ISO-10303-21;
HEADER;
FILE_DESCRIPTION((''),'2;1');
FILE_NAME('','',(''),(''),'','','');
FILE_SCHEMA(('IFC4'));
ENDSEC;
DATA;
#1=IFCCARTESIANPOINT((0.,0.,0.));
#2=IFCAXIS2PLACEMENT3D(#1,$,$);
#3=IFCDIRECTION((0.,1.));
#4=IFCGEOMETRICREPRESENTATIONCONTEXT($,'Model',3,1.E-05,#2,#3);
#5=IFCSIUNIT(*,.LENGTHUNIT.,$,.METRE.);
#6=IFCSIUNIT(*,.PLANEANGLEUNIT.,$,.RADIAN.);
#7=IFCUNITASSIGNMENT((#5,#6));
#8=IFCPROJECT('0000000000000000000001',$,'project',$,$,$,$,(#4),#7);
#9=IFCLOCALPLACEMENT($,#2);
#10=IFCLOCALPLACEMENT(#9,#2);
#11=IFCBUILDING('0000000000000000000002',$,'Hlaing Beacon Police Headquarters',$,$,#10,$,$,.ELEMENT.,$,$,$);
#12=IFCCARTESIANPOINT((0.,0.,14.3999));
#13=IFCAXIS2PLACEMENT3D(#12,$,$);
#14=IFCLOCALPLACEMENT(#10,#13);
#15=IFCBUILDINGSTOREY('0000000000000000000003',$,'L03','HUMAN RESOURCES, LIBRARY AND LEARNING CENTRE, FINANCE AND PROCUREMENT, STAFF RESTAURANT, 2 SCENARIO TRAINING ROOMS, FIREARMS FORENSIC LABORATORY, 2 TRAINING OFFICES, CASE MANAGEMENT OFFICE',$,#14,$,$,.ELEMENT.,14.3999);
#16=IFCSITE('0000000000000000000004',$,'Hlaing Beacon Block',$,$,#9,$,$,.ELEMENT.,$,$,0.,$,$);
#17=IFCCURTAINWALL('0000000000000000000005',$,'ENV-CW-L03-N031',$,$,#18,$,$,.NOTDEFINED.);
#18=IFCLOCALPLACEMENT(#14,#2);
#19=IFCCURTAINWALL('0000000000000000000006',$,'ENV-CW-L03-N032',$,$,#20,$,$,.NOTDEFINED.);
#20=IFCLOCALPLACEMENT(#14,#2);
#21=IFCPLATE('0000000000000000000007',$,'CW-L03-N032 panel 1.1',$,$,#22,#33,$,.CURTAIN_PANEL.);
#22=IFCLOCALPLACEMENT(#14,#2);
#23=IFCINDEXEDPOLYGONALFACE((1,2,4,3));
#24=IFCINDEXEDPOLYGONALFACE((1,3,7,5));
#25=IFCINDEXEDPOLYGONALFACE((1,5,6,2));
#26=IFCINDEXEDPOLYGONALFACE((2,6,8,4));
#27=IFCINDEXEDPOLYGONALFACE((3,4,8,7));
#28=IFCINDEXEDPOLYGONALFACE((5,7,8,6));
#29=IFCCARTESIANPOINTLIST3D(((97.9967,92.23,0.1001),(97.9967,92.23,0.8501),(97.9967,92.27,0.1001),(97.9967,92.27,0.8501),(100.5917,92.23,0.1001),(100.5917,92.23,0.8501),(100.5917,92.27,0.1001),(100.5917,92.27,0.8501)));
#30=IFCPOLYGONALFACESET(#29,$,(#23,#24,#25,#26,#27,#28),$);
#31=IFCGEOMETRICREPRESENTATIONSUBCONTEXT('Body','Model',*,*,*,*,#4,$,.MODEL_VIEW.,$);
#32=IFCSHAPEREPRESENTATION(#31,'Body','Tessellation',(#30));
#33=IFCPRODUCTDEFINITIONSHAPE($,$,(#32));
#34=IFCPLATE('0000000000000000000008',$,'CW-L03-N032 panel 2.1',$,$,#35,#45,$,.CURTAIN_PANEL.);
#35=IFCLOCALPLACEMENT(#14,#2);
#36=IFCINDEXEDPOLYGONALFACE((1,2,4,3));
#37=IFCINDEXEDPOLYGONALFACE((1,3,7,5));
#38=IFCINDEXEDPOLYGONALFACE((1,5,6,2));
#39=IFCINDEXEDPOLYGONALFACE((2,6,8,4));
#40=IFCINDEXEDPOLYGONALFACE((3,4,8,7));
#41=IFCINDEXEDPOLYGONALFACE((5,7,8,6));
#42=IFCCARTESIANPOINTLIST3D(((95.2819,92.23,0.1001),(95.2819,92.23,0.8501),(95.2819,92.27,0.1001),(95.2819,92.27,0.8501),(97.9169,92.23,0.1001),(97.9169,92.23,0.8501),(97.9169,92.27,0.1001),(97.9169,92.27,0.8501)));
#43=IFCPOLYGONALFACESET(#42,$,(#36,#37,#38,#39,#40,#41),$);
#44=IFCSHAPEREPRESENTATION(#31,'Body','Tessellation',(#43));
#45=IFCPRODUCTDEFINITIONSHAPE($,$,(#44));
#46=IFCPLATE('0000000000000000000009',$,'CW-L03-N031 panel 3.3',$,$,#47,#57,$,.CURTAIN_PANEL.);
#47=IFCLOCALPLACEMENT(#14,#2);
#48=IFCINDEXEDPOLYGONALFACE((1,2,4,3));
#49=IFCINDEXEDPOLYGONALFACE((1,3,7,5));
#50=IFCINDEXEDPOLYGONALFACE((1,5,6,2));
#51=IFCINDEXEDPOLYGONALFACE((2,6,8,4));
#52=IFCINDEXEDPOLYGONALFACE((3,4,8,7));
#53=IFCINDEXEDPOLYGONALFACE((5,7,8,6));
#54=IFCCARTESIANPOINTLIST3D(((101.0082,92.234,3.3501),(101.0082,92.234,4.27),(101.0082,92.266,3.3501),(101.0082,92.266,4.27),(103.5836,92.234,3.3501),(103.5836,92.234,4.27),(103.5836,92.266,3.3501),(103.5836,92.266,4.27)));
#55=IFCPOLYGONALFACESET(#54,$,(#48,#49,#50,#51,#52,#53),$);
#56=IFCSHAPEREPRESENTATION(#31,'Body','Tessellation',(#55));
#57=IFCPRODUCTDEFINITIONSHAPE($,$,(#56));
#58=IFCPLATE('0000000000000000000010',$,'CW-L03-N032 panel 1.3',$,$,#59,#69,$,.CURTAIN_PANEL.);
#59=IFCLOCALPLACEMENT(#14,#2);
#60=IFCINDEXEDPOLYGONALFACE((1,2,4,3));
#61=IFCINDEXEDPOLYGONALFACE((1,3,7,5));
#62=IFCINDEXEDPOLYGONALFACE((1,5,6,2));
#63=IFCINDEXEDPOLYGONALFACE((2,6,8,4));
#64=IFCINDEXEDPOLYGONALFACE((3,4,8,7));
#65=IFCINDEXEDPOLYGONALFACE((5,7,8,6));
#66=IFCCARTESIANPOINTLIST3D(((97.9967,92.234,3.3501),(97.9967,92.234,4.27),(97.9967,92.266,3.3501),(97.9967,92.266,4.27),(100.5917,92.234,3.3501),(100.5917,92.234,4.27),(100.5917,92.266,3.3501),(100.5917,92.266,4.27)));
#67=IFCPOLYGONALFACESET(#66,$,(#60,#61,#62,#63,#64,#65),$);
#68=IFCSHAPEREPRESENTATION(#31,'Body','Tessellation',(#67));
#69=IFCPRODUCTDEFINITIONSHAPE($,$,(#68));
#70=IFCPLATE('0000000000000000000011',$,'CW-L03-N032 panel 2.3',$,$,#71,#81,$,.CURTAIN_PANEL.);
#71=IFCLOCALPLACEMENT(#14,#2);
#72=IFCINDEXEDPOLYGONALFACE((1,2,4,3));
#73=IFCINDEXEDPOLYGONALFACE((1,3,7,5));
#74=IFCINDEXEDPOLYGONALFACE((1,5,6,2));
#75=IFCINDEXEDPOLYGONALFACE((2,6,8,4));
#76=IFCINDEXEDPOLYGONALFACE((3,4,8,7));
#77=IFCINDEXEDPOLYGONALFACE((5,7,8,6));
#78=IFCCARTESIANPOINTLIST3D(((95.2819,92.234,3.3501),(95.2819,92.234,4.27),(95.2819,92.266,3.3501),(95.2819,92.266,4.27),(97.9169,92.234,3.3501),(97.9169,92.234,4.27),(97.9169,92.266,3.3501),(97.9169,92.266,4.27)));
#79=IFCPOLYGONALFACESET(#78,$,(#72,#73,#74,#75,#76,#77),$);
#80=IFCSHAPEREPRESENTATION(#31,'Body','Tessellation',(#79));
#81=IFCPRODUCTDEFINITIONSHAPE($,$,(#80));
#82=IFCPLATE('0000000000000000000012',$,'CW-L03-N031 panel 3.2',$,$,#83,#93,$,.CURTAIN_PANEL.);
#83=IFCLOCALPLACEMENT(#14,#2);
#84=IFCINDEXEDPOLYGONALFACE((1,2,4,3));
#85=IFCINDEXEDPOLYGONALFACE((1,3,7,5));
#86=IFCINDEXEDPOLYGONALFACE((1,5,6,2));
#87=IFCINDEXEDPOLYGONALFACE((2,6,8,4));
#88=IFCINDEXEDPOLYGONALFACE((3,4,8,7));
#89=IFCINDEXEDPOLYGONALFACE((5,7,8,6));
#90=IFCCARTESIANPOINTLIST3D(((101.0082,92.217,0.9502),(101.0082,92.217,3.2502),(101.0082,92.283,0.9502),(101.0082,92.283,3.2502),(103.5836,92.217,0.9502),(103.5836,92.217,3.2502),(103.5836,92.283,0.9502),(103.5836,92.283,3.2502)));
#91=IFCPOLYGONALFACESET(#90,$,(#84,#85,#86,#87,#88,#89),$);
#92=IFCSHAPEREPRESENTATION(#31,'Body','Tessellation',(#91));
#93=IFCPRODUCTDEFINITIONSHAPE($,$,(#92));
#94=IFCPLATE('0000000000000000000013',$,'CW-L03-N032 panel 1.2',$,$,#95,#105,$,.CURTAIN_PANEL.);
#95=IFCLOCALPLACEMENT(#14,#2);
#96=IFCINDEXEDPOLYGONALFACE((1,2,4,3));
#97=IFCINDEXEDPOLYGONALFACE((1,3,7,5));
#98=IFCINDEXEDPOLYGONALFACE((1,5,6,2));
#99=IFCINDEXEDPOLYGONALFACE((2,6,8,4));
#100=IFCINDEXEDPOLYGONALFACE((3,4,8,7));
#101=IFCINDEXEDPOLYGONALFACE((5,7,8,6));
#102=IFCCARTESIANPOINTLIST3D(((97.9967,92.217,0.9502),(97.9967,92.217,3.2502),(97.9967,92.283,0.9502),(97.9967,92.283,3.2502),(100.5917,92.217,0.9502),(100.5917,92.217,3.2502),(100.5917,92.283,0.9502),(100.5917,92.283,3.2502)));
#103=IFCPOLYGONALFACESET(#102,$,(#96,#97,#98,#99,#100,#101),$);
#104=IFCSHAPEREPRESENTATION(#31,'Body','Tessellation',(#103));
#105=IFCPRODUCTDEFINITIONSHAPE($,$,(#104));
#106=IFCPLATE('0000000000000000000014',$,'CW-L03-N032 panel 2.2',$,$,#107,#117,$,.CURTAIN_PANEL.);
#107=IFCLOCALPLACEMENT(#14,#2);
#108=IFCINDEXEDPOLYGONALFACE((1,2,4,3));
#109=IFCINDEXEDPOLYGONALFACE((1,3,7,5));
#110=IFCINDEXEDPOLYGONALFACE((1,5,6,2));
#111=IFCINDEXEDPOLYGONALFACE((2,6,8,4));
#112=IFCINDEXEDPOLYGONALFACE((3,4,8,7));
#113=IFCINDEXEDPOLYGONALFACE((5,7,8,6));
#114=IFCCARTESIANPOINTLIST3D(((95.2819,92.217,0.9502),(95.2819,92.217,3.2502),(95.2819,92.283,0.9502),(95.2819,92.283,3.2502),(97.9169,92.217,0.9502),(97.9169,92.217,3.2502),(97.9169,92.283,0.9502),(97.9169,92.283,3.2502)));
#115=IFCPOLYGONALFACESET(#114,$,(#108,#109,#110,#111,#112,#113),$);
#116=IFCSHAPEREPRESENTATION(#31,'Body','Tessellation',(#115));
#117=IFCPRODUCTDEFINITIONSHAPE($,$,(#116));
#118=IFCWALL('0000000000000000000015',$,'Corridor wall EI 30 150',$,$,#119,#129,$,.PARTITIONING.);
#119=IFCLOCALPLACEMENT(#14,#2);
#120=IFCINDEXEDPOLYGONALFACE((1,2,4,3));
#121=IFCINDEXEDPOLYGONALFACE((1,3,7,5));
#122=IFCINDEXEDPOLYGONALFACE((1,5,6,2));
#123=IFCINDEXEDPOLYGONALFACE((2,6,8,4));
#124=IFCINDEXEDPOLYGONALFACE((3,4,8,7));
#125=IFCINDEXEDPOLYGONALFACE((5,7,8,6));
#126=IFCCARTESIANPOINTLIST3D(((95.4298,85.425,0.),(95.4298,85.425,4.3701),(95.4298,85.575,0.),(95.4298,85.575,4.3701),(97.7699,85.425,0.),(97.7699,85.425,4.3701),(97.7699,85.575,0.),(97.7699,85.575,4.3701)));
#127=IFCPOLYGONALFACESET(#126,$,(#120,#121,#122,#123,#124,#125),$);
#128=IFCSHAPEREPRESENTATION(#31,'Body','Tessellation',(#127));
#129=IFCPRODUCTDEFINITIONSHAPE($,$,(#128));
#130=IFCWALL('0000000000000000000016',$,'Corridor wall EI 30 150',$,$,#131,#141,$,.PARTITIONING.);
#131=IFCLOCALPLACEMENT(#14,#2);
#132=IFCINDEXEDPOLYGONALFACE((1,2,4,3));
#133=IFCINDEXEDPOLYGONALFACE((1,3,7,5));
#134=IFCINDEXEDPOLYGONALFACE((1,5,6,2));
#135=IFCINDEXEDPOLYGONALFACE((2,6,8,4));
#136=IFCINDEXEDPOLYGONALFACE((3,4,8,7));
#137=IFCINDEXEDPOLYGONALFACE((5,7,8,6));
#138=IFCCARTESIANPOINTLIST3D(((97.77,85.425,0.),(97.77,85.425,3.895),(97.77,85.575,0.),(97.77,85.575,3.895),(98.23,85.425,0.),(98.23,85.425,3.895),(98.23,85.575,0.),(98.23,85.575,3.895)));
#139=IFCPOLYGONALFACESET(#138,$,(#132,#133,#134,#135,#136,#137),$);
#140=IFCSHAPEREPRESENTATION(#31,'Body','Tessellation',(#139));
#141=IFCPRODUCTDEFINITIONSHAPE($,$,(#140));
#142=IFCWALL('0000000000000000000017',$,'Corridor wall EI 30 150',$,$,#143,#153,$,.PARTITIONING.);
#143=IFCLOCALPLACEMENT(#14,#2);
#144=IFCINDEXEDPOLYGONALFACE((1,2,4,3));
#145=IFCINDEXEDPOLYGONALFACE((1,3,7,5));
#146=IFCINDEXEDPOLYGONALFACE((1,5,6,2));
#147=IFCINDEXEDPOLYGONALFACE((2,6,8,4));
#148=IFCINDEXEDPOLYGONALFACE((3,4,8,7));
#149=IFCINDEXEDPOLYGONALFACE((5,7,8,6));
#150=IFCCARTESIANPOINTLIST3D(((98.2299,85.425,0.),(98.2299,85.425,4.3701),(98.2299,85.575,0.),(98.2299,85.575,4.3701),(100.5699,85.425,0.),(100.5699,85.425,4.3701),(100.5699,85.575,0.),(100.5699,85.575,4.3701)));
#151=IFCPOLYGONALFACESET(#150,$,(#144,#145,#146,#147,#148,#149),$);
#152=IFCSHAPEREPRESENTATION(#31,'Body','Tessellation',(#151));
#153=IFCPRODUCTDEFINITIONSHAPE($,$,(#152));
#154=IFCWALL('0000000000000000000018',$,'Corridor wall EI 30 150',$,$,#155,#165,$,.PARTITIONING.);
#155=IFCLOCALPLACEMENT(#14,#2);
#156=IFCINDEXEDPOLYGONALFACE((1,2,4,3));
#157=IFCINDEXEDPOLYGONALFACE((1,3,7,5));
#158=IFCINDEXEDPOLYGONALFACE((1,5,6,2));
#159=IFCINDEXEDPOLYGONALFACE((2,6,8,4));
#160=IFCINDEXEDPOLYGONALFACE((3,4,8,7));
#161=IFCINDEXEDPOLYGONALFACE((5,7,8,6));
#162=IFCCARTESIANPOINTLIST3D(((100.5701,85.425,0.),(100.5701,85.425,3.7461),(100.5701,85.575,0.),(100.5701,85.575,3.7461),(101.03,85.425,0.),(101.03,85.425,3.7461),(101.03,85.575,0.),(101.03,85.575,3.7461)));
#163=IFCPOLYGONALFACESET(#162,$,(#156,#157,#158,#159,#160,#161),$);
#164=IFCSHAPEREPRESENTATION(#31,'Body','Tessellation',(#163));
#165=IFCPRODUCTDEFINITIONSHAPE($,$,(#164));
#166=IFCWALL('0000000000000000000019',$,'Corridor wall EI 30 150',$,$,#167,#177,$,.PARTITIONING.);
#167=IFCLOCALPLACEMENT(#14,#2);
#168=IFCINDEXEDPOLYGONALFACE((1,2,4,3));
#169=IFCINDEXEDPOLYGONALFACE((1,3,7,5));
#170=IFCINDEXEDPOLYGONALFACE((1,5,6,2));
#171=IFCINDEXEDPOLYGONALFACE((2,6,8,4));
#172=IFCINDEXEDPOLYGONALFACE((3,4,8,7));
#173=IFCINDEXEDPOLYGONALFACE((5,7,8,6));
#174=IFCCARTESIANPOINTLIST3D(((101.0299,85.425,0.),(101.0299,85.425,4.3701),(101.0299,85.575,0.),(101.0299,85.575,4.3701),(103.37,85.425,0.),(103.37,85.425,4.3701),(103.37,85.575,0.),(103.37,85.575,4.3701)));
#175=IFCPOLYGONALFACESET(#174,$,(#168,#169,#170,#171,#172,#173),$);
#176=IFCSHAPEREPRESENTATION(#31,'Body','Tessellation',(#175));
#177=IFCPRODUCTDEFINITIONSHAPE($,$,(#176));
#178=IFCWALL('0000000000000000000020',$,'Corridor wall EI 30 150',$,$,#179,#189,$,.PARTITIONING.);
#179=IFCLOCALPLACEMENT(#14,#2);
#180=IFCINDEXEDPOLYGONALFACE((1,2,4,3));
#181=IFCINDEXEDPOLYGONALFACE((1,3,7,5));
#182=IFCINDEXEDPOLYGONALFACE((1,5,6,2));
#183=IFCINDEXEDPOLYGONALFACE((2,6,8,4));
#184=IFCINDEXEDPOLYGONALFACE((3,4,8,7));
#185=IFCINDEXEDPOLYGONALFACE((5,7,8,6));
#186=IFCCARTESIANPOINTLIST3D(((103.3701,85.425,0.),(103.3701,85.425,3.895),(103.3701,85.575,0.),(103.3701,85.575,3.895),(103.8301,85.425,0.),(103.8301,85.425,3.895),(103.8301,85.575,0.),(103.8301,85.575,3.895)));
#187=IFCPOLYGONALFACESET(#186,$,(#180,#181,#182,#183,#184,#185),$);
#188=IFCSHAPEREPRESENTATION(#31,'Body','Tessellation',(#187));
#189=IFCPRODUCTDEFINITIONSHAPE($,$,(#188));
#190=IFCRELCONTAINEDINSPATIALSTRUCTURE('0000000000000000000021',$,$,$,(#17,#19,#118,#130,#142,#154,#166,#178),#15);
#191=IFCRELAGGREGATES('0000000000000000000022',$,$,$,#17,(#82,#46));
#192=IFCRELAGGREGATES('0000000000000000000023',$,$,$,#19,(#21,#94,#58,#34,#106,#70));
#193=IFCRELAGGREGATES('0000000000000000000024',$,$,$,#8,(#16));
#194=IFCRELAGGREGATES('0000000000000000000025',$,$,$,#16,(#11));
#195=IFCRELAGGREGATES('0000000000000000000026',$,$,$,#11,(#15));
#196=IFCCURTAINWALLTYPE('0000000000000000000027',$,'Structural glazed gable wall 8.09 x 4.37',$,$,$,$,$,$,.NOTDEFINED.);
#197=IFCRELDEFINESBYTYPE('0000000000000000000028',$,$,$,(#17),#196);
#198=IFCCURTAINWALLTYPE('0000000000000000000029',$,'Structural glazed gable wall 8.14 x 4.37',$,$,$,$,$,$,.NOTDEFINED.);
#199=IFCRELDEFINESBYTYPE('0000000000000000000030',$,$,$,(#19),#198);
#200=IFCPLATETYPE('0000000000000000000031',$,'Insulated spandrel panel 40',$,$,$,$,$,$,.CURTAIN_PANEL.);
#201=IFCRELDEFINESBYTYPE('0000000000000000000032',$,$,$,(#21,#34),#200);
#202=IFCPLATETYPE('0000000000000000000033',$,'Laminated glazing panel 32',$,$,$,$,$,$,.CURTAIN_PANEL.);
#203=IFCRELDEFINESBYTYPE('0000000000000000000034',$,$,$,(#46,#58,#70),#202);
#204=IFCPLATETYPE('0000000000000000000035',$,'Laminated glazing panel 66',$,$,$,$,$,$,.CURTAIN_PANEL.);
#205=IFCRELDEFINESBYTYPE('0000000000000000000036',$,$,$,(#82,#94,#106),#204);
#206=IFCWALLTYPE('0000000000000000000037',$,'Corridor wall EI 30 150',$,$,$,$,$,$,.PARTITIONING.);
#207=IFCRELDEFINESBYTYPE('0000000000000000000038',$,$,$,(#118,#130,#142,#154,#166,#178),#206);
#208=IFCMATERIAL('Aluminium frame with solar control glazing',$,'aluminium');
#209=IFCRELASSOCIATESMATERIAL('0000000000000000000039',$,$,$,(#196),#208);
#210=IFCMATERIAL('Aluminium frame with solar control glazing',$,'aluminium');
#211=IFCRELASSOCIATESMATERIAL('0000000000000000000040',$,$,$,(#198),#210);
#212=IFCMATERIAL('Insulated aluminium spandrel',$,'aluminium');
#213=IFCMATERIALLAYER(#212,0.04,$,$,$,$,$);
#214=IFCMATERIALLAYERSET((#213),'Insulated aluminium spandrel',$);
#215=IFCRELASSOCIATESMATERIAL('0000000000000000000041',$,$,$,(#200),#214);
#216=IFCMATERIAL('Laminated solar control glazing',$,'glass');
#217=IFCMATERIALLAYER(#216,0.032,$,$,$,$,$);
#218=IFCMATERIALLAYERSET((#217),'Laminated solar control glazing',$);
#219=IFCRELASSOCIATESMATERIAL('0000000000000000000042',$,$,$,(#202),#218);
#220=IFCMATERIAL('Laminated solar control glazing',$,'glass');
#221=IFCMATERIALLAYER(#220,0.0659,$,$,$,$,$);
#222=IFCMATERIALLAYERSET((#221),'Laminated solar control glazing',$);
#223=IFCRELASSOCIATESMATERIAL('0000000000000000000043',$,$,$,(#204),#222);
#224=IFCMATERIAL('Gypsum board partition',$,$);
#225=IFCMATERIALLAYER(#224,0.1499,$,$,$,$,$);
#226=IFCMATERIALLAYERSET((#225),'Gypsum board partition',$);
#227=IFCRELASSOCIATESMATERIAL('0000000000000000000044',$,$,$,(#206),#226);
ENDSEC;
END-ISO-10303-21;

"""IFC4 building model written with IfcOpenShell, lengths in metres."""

from ifc_helpers import new_model, si_unit, direction, frame, frame_2d, origin, origin_2d, place, context, subcontext, project, spatial, rectangle, extrude, material, layer, layer_set, type_object, element, aggregate, save


model = new_model("IFC4")

# Units and contexts
model_context = context("Model", 3, precision=1e-05, world=origin(), true_north=direction((0.0, 1.0)))
body_context = subcontext(model_context, "Body", "Model", "MODEL_VIEW")
ifc_project = project(units=[si_unit("LENGTHUNIT", "METRE"), si_unit("PLANEANGLEUNIT", "RADIAN")], contexts=[model_context])

# Site, building, storey
site_placement = place(None, origin())
site = spatial("IfcSite", under=ifc_project, at=site_placement, Name="Hlaing Beacon Block", CompositionType="ELEMENT", RefElevation=0.0)
building_placement = place(site_placement, origin())
building = spatial("IfcBuilding", under=site, at=building_placement, Name="Hlaing Beacon Police Headquarters", CompositionType="ELEMENT")
storey_placement = place(building_placement, frame((0.0, 0.0, 14.3999)))
storey = spatial("IfcBuildingStorey", under=building, at=storey_placement, Name="L03", Description="HUMAN RESOURCES, LIBRARY AND LEARNING CENTRE, FINANCE AND PROCUREMENT, STAFF RESTAURANT, 2 SCENARIO TRAINING ROOMS, FIREARMS FORENSIC LABORATORY, 2 TRAINING OFFICES, CASE MANAGEMENT OFFICE", CompositionType="ELEMENT", Elevation=14.3999)

# Curtain wall
ifc_material_1 = material(Name="Aluminium frame with solar control glazing", Category="aluminium")
curtain_wall_type_1 = type_object("IfcCurtainWallType", Name="Structural glazed gable wall 8.09 x 4.37", PredefinedType="NOTDEFINED", material=ifc_material_1)
curtain_wall_1_placement = place(storey_placement, origin())
curtain_wall_1 = element("IfcCurtainWall", 1, at=curtain_wall_1_placement, inside=storey, type_object=curtain_wall_type_1, Name="ENV-CW-L03-N031", PredefinedType="NOTDEFINED")

# Curtain wall
ifc_material_2 = material(Name="Aluminium frame with solar control glazing", Category="aluminium")
curtain_wall_type_2 = type_object("IfcCurtainWallType", Name="Structural glazed gable wall 8.14 x 4.37", PredefinedType="NOTDEFINED", material=ifc_material_2)
curtain_wall_2_placement = place(storey_placement, origin())
curtain_wall_2 = element("IfcCurtainWall", 2, at=curtain_wall_2_placement, inside=storey, type_object=curtain_wall_type_2, Name="ENV-CW-L03-N032", PredefinedType="NOTDEFINED")

# Plates
ifc_material_3 = material(Name="Insulated aluminium spandrel", Category="aluminium")
ifc_layer_1 = layer(ifc_material_3, 0.04)
ifc_layer_set_1 = layer_set([ifc_layer_1], Name="Insulated aluminium spandrel")
plate_type_1 = type_object("IfcPlateType", Name="Insulated spandrel panel 40", PredefinedType="CURTAIN_PANEL", material=ifc_layer_set_1)
plate_1_placement = place(storey_placement, frame((99.2942, 92.25, 0.1001), z_axis=(0.0, 0.0, 1.0), x_axis=(-1.0, 0.0, 0.0)))
plate_1 = element("IfcPlate", 3, at=plate_1_placement, type_object=plate_type_1, Name="CW-L03-N032 panel 1.1", PredefinedType="CURTAIN_PANEL", context=body_context, shape_type="SweptSolid", body=[
    extrude(rectangle(XDim=2.595, YDim=0.04, at=origin_2d()), origin(), (0.0, 0.0, 1.0), 0.75),
])
plate_2_placement = place(storey_placement, frame((96.5994, 92.25, 0.1001), z_axis=(0.0, 0.0, 1.0), x_axis=(-1.0, 0.0, 0.0)))
plate_2 = element("IfcPlate", 4, at=plate_2_placement, type_object=plate_type_1, Name="CW-L03-N032 panel 2.1", PredefinedType="CURTAIN_PANEL", context=body_context, shape_type="SweptSolid", body=[
    extrude(rectangle(XDim=2.635, YDim=0.04, at=origin_2d()), origin(), (0.0, 0.0, 1.0), 0.75),
])
ifc_material_4 = material(Name="Laminated solar control glazing", Category="glass")
ifc_layer_2 = layer(ifc_material_4, 0.032)
ifc_layer_set_2 = layer_set([ifc_layer_2], Name="Laminated solar control glazing")
plate_type_2 = type_object("IfcPlateType", Name="Laminated glazing panel 32", PredefinedType="CURTAIN_PANEL", material=ifc_layer_set_2)
plate_3_placement = place(storey_placement, frame((102.2959, 92.25, 3.3501), z_axis=(0.0, 0.0, 1.0), x_axis=(-1.0, 0.0, 0.0)))
plate_3 = element("IfcPlate", 5, at=plate_3_placement, type_object=plate_type_2, Name="CW-L03-N031 panel 3.3", PredefinedType="CURTAIN_PANEL", context=body_context, shape_type="SweptSolid", body=[
    extrude(rectangle(XDim=2.5754, YDim=0.032, at=origin_2d()), origin(), (0.0, 0.0, 1.0), 0.9199),
])
plate_4_placement = place(storey_placement, frame((99.2942, 92.25, 3.3501), z_axis=(0.0, 0.0, 1.0), x_axis=(-1.0, 0.0, 0.0)))
plate_4 = element("IfcPlate", 6, at=plate_4_placement, type_object=plate_type_2, Name="CW-L03-N032 panel 1.3", PredefinedType="CURTAIN_PANEL", context=body_context, shape_type="SweptSolid", body=[
    extrude(rectangle(XDim=2.595, YDim=0.032, at=origin_2d()), origin(), (0.0, 0.0, 1.0), 0.9199),
])
plate_5_placement = place(storey_placement, frame((96.5994, 92.25, 3.3501), z_axis=(0.0, 0.0, 1.0), x_axis=(-1.0, 0.0, 0.0)))
plate_5 = element("IfcPlate", 7, at=plate_5_placement, type_object=plate_type_2, Name="CW-L03-N032 panel 2.3", PredefinedType="CURTAIN_PANEL", context=body_context, shape_type="SweptSolid", body=[
    extrude(rectangle(XDim=2.635, YDim=0.032, at=origin_2d()), origin(), (0.0, 0.0, 1.0), 0.9199),
])
ifc_material_5 = material(Name="Laminated solar control glazing", Category="glass")
ifc_layer_3 = layer(ifc_material_5, 0.0659)
ifc_layer_set_3 = layer_set([ifc_layer_3], Name="Laminated solar control glazing")
plate_type_3 = type_object("IfcPlateType", Name="Laminated glazing panel 66", PredefinedType="CURTAIN_PANEL", material=ifc_layer_set_3)
plate_6_placement = place(storey_placement, frame((102.2959, 92.25, 0.9502), z_axis=(0.0, 0.0, 1.0), x_axis=(-1.0, 0.0, 0.0)))
plate_6 = element("IfcPlate", 8, at=plate_6_placement, type_object=plate_type_3, Name="CW-L03-N031 panel 3.2", PredefinedType="CURTAIN_PANEL", context=body_context, shape_type="SweptSolid", body=[
    extrude(rectangle(XDim=2.5754, YDim=0.0659, at=origin_2d()), origin(), (0.0, 0.0, 1.0), 2.3),
])
aggregate(curtain_wall_1, [plate_6, plate_3])
plate_7_placement = place(storey_placement, frame((99.2942, 92.25, 0.9502), z_axis=(0.0, 0.0, 1.0), x_axis=(-1.0, 0.0, 0.0)))
plate_7 = element("IfcPlate", 9, at=plate_7_placement, type_object=plate_type_3, Name="CW-L03-N032 panel 1.2", PredefinedType="CURTAIN_PANEL", context=body_context, shape_type="SweptSolid", body=[
    extrude(rectangle(XDim=2.595, YDim=0.0659, at=origin_2d()), origin(), (0.0, 0.0, 1.0), 2.3),
])
plate_8_placement = place(storey_placement, frame((96.5994, 92.25, 0.9502), z_axis=(0.0, 0.0, 1.0), x_axis=(-1.0, 0.0, 0.0)))
plate_8 = element("IfcPlate", 10, at=plate_8_placement, type_object=plate_type_3, Name="CW-L03-N032 panel 2.2", PredefinedType="CURTAIN_PANEL", context=body_context, shape_type="SweptSolid", body=[
    extrude(rectangle(XDim=2.635, YDim=0.0659, at=origin_2d()), origin(), (0.0, 0.0, 1.0), 2.3),
])
aggregate(curtain_wall_2, [plate_1, plate_7, plate_4, plate_2, plate_8, plate_5])

# Walls
ifc_material_6 = material(Name="Gypsum board partition")
ifc_layer_4 = layer(ifc_material_6, 0.1499)
ifc_layer_set_4 = layer_set([ifc_layer_4], Name="Gypsum board partition")
wall_type = type_object("IfcWallType", Name="Corridor wall EI 30 150", PredefinedType="PARTITIONING", material=ifc_layer_set_4)
wall_1_placement = place(storey_placement, frame((95.4299, 85.5, 0.0), z_axis=(0.0, 0.0, 1.0), x_axis=(1.0, 0.0, 0.0)))
element("IfcWall", 11, at=wall_1_placement, inside=storey, type_object=wall_type, Name="Corridor wall EI 30 150", PredefinedType="PARTITIONING", context=body_context, shape_type="SweptSolid", body=[
    extrude(rectangle(XDim=2.3401, YDim=0.1499, at=frame_2d((1.1699, 0.0))), origin(), (0.0, 0.0, 1.0), 4.3701),
])
wall_2_placement = place(storey_placement, frame((97.77, 85.5, 0.0), z_axis=(0.0, 0.0, 1.0), x_axis=(1.0, 0.0, 0.0)))
element("IfcWall", 12, at=wall_2_placement, inside=storey, type_object=wall_type, Name="Corridor wall EI 30 150", PredefinedType="PARTITIONING", context=body_context, shape_type="SweptSolid", body=[
    extrude(rectangle(XDim=0.46, YDim=0.1499, at=frame_2d((0.23, 0.0))), origin(), (0.0, 0.0, 1.0), 3.895),
])
wall_3_placement = place(storey_placement, frame((98.23, 85.5, 0.0), z_axis=(0.0, 0.0, 1.0), x_axis=(1.0, 0.0, 0.0)))
element("IfcWall", 13, at=wall_3_placement, inside=storey, type_object=wall_type, Name="Corridor wall EI 30 150", PredefinedType="PARTITIONING", context=body_context, shape_type="SweptSolid", body=[
    extrude(rectangle(XDim=2.3401, YDim=0.1499, at=frame_2d((1.1699, 0.0))), origin(), (0.0, 0.0, 1.0), 4.3701),
])
wall_4_placement = place(storey_placement, frame((100.5701, 85.5, 0.0), z_axis=(0.0, 0.0, 1.0), x_axis=(1.0, 0.0, 0.0)))
element("IfcWall", 14, at=wall_4_placement, inside=storey, type_object=wall_type, Name="Corridor wall EI 30 150", PredefinedType="PARTITIONING", context=body_context, shape_type="SweptSolid", body=[
    extrude(rectangle(XDim=0.46, YDim=0.1499, at=frame_2d((0.23, 0.0))), origin(), (0.0, 0.0, 1.0), 3.7461),
])
wall_5_placement = place(storey_placement, frame((101.03, 85.5, 0.0), z_axis=(0.0, 0.0, 1.0), x_axis=(1.0, 0.0, 0.0)))
element("IfcWall", 15, at=wall_5_placement, inside=storey, type_object=wall_type, Name="Corridor wall EI 30 150", PredefinedType="PARTITIONING", context=body_context, shape_type="SweptSolid", body=[
    extrude(rectangle(XDim=2.3401, YDim=0.1499, at=frame_2d((1.1699, 0.0))), origin(), (0.0, 0.0, 1.0), 4.3701),
])
wall_6_placement = place(storey_placement, frame((103.3701, 85.5, 0.0), z_axis=(0.0, 0.0, 1.0), x_axis=(1.0, 0.0, 0.0)))
element("IfcWall", 16, at=wall_6_placement, inside=storey, type_object=wall_type, Name="Corridor wall EI 30 150", PredefinedType="PARTITIONING", context=body_context, shape_type="SweptSolid", body=[
    extrude(rectangle(XDim=0.46, YDim=0.1499, at=frame_2d((0.23, 0.0))), origin(), (0.0, 0.0, 1.0), 3.895),
])

save(model, "model.ifc")
